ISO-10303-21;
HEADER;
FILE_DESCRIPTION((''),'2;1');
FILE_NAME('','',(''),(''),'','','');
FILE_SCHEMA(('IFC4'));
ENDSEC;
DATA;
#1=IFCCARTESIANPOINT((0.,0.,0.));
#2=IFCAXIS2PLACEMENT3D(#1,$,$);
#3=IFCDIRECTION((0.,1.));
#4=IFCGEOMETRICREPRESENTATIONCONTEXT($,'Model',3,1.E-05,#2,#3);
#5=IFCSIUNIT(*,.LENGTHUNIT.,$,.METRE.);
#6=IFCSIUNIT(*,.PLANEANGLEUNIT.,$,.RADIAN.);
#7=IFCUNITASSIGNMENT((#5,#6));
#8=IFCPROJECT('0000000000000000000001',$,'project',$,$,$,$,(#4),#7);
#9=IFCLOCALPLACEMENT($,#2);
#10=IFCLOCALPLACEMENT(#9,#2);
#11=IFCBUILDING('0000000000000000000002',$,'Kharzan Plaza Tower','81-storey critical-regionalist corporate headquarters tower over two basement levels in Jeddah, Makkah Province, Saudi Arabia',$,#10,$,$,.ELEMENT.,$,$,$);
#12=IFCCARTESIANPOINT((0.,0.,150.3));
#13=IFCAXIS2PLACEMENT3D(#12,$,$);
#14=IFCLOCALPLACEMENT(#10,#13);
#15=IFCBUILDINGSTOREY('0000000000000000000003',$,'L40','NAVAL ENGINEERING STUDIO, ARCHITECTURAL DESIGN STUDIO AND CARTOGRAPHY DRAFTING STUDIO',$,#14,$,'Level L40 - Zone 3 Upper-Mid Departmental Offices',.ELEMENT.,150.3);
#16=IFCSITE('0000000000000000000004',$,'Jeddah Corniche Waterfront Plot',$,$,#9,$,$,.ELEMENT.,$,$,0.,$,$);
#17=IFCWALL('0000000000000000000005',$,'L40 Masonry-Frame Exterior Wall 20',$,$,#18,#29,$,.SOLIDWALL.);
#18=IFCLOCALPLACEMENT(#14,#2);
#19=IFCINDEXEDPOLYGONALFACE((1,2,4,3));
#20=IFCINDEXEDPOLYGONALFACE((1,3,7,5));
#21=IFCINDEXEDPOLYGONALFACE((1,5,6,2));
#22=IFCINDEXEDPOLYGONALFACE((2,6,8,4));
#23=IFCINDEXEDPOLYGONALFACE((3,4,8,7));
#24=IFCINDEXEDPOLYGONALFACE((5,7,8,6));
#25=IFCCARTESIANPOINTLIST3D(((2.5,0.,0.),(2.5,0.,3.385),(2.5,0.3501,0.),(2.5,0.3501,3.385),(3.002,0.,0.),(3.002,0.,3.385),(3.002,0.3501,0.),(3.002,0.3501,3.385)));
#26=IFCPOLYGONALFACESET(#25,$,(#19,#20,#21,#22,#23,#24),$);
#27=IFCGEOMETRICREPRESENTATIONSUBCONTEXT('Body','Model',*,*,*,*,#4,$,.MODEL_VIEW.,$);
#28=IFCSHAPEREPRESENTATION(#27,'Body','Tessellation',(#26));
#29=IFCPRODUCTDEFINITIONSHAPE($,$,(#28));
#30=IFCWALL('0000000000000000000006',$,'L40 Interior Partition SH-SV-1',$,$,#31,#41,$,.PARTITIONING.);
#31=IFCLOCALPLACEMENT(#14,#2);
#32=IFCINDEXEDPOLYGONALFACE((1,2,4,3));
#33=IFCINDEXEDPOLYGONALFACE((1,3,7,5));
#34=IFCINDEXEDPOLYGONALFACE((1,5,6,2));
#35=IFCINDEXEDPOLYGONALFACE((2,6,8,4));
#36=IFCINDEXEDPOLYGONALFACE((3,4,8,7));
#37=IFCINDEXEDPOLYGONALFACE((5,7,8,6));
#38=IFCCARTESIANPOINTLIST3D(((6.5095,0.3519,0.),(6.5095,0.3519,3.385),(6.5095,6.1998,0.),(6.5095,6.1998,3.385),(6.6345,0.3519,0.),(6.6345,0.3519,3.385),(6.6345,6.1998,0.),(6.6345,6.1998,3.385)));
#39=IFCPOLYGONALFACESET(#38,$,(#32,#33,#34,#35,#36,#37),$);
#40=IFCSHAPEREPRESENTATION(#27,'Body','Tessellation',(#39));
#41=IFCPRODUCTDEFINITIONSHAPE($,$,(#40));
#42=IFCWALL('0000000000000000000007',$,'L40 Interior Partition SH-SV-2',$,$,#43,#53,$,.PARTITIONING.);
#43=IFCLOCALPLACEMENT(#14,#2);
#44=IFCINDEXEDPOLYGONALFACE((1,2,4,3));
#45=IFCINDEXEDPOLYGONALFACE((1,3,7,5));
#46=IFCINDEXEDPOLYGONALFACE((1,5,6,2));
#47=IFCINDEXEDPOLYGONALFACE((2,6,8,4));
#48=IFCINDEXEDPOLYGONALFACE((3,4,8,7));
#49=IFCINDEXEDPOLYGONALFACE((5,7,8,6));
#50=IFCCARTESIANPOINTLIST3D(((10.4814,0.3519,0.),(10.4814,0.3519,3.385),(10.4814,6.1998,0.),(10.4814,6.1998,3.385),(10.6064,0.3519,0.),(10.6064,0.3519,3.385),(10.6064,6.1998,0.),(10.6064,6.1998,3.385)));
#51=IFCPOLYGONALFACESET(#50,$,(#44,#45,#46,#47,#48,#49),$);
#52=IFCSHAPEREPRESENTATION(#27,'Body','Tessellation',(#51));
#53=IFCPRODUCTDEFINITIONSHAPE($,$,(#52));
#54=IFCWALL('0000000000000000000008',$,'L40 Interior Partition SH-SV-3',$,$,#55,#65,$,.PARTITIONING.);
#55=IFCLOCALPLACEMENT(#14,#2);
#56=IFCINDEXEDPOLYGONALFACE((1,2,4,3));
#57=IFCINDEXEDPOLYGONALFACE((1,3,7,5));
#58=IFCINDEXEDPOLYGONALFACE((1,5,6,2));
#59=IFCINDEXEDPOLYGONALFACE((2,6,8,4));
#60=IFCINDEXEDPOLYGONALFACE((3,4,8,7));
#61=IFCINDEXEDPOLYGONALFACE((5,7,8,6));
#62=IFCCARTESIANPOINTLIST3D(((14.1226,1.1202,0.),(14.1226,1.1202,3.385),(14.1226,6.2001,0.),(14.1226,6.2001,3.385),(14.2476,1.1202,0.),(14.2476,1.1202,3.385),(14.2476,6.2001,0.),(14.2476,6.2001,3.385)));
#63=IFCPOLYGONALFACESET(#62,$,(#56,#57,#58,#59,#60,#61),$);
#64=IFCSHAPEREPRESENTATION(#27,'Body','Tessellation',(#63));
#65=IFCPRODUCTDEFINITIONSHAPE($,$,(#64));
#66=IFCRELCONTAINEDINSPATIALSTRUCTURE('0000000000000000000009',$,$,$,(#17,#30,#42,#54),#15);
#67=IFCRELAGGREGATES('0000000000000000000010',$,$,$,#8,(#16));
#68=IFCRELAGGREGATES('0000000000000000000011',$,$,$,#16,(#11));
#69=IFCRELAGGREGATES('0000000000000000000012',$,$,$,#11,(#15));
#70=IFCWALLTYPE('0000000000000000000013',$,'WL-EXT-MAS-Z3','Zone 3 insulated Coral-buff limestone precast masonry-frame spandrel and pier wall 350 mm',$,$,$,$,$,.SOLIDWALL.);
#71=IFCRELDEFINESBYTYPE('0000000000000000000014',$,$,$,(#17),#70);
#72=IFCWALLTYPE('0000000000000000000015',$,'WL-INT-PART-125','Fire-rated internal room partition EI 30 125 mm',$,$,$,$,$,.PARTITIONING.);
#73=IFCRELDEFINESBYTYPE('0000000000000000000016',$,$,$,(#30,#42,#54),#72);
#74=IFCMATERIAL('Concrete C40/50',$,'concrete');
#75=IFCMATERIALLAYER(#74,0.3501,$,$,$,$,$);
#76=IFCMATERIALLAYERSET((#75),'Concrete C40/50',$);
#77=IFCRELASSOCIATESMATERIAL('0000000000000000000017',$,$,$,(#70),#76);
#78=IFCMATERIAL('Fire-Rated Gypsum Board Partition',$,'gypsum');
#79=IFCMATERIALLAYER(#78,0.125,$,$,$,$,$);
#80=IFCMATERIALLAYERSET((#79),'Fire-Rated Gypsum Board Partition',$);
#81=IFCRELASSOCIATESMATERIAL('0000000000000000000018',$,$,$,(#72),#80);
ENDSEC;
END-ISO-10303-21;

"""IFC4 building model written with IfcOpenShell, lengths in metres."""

from ifc_helpers import new_model, si_unit, direction, frame, frame_2d, origin, place, context, subcontext, project, spatial, rectangle, extrude, source, transform, mapped, material, layer, layer_set, type_object, element, save


model = new_model("IFC4")

# Units and contexts
model_context = context("Model", 3, precision=1e-05, world=origin(), true_north=direction((0.0, 1.0)))
body_context = subcontext(model_context, "Body", "Model", "MODEL_VIEW")
ifc_project = project(units=[si_unit("LENGTHUNIT", "METRE"), si_unit("PLANEANGLEUNIT", "RADIAN")], contexts=[model_context])

# Site, building, storey
site_placement = place(None, origin())
site = spatial("IfcSite", under=ifc_project, at=site_placement, Name="Jeddah Corniche Waterfront Plot", CompositionType="ELEMENT", RefElevation=0.0)
building_placement = place(site_placement, origin())
building = spatial("IfcBuilding", under=site, at=building_placement, Name="Kharzan Plaza Tower", Description="81-storey critical-regionalist corporate headquarters tower over two basement levels in Jeddah, Makkah Province, Saudi Arabia", CompositionType="ELEMENT")
storey_placement = place(building_placement, frame((0.0, 0.0, 150.3)))
storey = spatial("IfcBuildingStorey", under=building, at=storey_placement, Name="L40", Description="NAVAL ENGINEERING STUDIO, ARCHITECTURAL DESIGN STUDIO AND CARTOGRAPHY DRAFTING STUDIO", LongName="Level L40 - Zone 3 Upper-Mid Departmental Offices", CompositionType="ELEMENT", Elevation=150.3)

# Shared definitions
ifc_material_1 = material(Name="Concrete C40/50", Category="concrete")
ifc_layer_1 = layer(ifc_material_1, 0.3501)
ifc_layer_set_1 = layer_set([ifc_layer_1], Name="Concrete C40/50")
wall_type_1 = type_object("IfcWallType", Name="WL-EXT-MAS-Z3", Description="Zone 3 insulated Coral-buff limestone precast masonry-frame spandrel and pier wall 350 mm", PredefinedType="SOLIDWALL", material=ifc_layer_set_1)

# Shared definitions
ifc_material_2 = material(Name="Fire-Rated Gypsum Board Partition", Category="gypsum")
ifc_layer_2 = layer(ifc_material_2, 0.125)
ifc_layer_set_2 = layer_set([ifc_layer_2], Name="Fire-Rated Gypsum Board Partition")
wall_type_2 = type_object("IfcWallType", Name="WL-INT-PART-125", Description="Fire-rated internal room partition EI 30 125 mm", PredefinedType="PARTITIONING", material=ifc_layer_set_2)

# Walls
shared_shape_1 = source(origin(), body_context, "Body", "SweptSolid", [
    extrude(rectangle(XDim=0.502, YDim=0.3501, at=frame_2d((0.251, 0.0))), origin(), (0.0, 0.0, 1.0), 3.385),
])
wall_1_placement = place(storey_placement, frame((2.5, 0.175, 0.0), z_axis=(0.0, 0.0, 1.0), x_axis=(1.0, 0.0, 0.0)))
element("IfcWall", 1, at=wall_1_placement, inside=storey, type_object=wall_type_1, Name="L40 Masonry-Frame Exterior Wall 20", PredefinedType="SOLIDWALL", context=body_context, shape_type="MappedRepresentation", body=[
    mapped(shared_shape_1, transform((0.0, 0.0, 0.0), x_axis=(1.0, 0.0, 0.0), y_axis=(0.0, 1.0, 0.0), z_axis=(0.0, 0.0, 1.0))),
])
shared_shape_2 = source(origin(), body_context, "Body", "SweptSolid", [
    extrude(rectangle(XDim=5.8479, YDim=0.125, at=frame_2d((2.9238, 0.0))), origin(), (0.0, 0.0, 1.0), 3.385),
])
for number, where, z_axis, x_axis, name in (
    (2, (6.572, 0.3521, 0.0), (0.0, 0.0, 1.0), (0.0, 1.0, 0.0), "L40 Interior Partition SH-SV-1"),
    (3, (10.5439, 0.3521, 0.0), (0.0, 0.0, 1.0), (0.0, 1.0, 0.0), "L40 Interior Partition SH-SV-2"),
):
    element("IfcWall", number, at=place(storey_placement, frame(where, z_axis=z_axis, x_axis=x_axis)), inside=storey, type_object=wall_type_2, Name=name, PredefinedType="PARTITIONING", context=body_context, shape_type="MappedRepresentation", body=[
        mapped(shared_shape_2, transform((0.0, 0.0, 0.0), x_axis=(1.0, 0.0, 0.0), y_axis=(0.0, 1.0, 0.0), z_axis=(0.0, 0.0, 1.0))),
    ])
shared_shape_3 = source(origin(), body_context, "Body", "SweptSolid", [
    extrude(rectangle(XDim=5.0798, YDim=0.125, at=frame_2d((2.54, 0.0))), origin(), (0.0, 0.0, 1.0), 3.385),
])
wall_2_placement = place(storey_placement, frame((14.1851, 1.1201, 0.0), z_axis=(0.0, 0.0, 1.0), x_axis=(0.0, 1.0, 0.0)))
element("IfcWall", 4, at=wall_2_placement, inside=storey, type_object=wall_type_2, Name="L40 Interior Partition SH-SV-3", PredefinedType="PARTITIONING", context=body_context, shape_type="MappedRepresentation", body=[
    mapped(shared_shape_3, transform((0.0, 0.0, 0.0), x_axis=(1.0, 0.0, 0.0), y_axis=(0.0, 1.0, 0.0), z_axis=(0.0, 0.0, 1.0))),
])

save(model, "model.ifc")
